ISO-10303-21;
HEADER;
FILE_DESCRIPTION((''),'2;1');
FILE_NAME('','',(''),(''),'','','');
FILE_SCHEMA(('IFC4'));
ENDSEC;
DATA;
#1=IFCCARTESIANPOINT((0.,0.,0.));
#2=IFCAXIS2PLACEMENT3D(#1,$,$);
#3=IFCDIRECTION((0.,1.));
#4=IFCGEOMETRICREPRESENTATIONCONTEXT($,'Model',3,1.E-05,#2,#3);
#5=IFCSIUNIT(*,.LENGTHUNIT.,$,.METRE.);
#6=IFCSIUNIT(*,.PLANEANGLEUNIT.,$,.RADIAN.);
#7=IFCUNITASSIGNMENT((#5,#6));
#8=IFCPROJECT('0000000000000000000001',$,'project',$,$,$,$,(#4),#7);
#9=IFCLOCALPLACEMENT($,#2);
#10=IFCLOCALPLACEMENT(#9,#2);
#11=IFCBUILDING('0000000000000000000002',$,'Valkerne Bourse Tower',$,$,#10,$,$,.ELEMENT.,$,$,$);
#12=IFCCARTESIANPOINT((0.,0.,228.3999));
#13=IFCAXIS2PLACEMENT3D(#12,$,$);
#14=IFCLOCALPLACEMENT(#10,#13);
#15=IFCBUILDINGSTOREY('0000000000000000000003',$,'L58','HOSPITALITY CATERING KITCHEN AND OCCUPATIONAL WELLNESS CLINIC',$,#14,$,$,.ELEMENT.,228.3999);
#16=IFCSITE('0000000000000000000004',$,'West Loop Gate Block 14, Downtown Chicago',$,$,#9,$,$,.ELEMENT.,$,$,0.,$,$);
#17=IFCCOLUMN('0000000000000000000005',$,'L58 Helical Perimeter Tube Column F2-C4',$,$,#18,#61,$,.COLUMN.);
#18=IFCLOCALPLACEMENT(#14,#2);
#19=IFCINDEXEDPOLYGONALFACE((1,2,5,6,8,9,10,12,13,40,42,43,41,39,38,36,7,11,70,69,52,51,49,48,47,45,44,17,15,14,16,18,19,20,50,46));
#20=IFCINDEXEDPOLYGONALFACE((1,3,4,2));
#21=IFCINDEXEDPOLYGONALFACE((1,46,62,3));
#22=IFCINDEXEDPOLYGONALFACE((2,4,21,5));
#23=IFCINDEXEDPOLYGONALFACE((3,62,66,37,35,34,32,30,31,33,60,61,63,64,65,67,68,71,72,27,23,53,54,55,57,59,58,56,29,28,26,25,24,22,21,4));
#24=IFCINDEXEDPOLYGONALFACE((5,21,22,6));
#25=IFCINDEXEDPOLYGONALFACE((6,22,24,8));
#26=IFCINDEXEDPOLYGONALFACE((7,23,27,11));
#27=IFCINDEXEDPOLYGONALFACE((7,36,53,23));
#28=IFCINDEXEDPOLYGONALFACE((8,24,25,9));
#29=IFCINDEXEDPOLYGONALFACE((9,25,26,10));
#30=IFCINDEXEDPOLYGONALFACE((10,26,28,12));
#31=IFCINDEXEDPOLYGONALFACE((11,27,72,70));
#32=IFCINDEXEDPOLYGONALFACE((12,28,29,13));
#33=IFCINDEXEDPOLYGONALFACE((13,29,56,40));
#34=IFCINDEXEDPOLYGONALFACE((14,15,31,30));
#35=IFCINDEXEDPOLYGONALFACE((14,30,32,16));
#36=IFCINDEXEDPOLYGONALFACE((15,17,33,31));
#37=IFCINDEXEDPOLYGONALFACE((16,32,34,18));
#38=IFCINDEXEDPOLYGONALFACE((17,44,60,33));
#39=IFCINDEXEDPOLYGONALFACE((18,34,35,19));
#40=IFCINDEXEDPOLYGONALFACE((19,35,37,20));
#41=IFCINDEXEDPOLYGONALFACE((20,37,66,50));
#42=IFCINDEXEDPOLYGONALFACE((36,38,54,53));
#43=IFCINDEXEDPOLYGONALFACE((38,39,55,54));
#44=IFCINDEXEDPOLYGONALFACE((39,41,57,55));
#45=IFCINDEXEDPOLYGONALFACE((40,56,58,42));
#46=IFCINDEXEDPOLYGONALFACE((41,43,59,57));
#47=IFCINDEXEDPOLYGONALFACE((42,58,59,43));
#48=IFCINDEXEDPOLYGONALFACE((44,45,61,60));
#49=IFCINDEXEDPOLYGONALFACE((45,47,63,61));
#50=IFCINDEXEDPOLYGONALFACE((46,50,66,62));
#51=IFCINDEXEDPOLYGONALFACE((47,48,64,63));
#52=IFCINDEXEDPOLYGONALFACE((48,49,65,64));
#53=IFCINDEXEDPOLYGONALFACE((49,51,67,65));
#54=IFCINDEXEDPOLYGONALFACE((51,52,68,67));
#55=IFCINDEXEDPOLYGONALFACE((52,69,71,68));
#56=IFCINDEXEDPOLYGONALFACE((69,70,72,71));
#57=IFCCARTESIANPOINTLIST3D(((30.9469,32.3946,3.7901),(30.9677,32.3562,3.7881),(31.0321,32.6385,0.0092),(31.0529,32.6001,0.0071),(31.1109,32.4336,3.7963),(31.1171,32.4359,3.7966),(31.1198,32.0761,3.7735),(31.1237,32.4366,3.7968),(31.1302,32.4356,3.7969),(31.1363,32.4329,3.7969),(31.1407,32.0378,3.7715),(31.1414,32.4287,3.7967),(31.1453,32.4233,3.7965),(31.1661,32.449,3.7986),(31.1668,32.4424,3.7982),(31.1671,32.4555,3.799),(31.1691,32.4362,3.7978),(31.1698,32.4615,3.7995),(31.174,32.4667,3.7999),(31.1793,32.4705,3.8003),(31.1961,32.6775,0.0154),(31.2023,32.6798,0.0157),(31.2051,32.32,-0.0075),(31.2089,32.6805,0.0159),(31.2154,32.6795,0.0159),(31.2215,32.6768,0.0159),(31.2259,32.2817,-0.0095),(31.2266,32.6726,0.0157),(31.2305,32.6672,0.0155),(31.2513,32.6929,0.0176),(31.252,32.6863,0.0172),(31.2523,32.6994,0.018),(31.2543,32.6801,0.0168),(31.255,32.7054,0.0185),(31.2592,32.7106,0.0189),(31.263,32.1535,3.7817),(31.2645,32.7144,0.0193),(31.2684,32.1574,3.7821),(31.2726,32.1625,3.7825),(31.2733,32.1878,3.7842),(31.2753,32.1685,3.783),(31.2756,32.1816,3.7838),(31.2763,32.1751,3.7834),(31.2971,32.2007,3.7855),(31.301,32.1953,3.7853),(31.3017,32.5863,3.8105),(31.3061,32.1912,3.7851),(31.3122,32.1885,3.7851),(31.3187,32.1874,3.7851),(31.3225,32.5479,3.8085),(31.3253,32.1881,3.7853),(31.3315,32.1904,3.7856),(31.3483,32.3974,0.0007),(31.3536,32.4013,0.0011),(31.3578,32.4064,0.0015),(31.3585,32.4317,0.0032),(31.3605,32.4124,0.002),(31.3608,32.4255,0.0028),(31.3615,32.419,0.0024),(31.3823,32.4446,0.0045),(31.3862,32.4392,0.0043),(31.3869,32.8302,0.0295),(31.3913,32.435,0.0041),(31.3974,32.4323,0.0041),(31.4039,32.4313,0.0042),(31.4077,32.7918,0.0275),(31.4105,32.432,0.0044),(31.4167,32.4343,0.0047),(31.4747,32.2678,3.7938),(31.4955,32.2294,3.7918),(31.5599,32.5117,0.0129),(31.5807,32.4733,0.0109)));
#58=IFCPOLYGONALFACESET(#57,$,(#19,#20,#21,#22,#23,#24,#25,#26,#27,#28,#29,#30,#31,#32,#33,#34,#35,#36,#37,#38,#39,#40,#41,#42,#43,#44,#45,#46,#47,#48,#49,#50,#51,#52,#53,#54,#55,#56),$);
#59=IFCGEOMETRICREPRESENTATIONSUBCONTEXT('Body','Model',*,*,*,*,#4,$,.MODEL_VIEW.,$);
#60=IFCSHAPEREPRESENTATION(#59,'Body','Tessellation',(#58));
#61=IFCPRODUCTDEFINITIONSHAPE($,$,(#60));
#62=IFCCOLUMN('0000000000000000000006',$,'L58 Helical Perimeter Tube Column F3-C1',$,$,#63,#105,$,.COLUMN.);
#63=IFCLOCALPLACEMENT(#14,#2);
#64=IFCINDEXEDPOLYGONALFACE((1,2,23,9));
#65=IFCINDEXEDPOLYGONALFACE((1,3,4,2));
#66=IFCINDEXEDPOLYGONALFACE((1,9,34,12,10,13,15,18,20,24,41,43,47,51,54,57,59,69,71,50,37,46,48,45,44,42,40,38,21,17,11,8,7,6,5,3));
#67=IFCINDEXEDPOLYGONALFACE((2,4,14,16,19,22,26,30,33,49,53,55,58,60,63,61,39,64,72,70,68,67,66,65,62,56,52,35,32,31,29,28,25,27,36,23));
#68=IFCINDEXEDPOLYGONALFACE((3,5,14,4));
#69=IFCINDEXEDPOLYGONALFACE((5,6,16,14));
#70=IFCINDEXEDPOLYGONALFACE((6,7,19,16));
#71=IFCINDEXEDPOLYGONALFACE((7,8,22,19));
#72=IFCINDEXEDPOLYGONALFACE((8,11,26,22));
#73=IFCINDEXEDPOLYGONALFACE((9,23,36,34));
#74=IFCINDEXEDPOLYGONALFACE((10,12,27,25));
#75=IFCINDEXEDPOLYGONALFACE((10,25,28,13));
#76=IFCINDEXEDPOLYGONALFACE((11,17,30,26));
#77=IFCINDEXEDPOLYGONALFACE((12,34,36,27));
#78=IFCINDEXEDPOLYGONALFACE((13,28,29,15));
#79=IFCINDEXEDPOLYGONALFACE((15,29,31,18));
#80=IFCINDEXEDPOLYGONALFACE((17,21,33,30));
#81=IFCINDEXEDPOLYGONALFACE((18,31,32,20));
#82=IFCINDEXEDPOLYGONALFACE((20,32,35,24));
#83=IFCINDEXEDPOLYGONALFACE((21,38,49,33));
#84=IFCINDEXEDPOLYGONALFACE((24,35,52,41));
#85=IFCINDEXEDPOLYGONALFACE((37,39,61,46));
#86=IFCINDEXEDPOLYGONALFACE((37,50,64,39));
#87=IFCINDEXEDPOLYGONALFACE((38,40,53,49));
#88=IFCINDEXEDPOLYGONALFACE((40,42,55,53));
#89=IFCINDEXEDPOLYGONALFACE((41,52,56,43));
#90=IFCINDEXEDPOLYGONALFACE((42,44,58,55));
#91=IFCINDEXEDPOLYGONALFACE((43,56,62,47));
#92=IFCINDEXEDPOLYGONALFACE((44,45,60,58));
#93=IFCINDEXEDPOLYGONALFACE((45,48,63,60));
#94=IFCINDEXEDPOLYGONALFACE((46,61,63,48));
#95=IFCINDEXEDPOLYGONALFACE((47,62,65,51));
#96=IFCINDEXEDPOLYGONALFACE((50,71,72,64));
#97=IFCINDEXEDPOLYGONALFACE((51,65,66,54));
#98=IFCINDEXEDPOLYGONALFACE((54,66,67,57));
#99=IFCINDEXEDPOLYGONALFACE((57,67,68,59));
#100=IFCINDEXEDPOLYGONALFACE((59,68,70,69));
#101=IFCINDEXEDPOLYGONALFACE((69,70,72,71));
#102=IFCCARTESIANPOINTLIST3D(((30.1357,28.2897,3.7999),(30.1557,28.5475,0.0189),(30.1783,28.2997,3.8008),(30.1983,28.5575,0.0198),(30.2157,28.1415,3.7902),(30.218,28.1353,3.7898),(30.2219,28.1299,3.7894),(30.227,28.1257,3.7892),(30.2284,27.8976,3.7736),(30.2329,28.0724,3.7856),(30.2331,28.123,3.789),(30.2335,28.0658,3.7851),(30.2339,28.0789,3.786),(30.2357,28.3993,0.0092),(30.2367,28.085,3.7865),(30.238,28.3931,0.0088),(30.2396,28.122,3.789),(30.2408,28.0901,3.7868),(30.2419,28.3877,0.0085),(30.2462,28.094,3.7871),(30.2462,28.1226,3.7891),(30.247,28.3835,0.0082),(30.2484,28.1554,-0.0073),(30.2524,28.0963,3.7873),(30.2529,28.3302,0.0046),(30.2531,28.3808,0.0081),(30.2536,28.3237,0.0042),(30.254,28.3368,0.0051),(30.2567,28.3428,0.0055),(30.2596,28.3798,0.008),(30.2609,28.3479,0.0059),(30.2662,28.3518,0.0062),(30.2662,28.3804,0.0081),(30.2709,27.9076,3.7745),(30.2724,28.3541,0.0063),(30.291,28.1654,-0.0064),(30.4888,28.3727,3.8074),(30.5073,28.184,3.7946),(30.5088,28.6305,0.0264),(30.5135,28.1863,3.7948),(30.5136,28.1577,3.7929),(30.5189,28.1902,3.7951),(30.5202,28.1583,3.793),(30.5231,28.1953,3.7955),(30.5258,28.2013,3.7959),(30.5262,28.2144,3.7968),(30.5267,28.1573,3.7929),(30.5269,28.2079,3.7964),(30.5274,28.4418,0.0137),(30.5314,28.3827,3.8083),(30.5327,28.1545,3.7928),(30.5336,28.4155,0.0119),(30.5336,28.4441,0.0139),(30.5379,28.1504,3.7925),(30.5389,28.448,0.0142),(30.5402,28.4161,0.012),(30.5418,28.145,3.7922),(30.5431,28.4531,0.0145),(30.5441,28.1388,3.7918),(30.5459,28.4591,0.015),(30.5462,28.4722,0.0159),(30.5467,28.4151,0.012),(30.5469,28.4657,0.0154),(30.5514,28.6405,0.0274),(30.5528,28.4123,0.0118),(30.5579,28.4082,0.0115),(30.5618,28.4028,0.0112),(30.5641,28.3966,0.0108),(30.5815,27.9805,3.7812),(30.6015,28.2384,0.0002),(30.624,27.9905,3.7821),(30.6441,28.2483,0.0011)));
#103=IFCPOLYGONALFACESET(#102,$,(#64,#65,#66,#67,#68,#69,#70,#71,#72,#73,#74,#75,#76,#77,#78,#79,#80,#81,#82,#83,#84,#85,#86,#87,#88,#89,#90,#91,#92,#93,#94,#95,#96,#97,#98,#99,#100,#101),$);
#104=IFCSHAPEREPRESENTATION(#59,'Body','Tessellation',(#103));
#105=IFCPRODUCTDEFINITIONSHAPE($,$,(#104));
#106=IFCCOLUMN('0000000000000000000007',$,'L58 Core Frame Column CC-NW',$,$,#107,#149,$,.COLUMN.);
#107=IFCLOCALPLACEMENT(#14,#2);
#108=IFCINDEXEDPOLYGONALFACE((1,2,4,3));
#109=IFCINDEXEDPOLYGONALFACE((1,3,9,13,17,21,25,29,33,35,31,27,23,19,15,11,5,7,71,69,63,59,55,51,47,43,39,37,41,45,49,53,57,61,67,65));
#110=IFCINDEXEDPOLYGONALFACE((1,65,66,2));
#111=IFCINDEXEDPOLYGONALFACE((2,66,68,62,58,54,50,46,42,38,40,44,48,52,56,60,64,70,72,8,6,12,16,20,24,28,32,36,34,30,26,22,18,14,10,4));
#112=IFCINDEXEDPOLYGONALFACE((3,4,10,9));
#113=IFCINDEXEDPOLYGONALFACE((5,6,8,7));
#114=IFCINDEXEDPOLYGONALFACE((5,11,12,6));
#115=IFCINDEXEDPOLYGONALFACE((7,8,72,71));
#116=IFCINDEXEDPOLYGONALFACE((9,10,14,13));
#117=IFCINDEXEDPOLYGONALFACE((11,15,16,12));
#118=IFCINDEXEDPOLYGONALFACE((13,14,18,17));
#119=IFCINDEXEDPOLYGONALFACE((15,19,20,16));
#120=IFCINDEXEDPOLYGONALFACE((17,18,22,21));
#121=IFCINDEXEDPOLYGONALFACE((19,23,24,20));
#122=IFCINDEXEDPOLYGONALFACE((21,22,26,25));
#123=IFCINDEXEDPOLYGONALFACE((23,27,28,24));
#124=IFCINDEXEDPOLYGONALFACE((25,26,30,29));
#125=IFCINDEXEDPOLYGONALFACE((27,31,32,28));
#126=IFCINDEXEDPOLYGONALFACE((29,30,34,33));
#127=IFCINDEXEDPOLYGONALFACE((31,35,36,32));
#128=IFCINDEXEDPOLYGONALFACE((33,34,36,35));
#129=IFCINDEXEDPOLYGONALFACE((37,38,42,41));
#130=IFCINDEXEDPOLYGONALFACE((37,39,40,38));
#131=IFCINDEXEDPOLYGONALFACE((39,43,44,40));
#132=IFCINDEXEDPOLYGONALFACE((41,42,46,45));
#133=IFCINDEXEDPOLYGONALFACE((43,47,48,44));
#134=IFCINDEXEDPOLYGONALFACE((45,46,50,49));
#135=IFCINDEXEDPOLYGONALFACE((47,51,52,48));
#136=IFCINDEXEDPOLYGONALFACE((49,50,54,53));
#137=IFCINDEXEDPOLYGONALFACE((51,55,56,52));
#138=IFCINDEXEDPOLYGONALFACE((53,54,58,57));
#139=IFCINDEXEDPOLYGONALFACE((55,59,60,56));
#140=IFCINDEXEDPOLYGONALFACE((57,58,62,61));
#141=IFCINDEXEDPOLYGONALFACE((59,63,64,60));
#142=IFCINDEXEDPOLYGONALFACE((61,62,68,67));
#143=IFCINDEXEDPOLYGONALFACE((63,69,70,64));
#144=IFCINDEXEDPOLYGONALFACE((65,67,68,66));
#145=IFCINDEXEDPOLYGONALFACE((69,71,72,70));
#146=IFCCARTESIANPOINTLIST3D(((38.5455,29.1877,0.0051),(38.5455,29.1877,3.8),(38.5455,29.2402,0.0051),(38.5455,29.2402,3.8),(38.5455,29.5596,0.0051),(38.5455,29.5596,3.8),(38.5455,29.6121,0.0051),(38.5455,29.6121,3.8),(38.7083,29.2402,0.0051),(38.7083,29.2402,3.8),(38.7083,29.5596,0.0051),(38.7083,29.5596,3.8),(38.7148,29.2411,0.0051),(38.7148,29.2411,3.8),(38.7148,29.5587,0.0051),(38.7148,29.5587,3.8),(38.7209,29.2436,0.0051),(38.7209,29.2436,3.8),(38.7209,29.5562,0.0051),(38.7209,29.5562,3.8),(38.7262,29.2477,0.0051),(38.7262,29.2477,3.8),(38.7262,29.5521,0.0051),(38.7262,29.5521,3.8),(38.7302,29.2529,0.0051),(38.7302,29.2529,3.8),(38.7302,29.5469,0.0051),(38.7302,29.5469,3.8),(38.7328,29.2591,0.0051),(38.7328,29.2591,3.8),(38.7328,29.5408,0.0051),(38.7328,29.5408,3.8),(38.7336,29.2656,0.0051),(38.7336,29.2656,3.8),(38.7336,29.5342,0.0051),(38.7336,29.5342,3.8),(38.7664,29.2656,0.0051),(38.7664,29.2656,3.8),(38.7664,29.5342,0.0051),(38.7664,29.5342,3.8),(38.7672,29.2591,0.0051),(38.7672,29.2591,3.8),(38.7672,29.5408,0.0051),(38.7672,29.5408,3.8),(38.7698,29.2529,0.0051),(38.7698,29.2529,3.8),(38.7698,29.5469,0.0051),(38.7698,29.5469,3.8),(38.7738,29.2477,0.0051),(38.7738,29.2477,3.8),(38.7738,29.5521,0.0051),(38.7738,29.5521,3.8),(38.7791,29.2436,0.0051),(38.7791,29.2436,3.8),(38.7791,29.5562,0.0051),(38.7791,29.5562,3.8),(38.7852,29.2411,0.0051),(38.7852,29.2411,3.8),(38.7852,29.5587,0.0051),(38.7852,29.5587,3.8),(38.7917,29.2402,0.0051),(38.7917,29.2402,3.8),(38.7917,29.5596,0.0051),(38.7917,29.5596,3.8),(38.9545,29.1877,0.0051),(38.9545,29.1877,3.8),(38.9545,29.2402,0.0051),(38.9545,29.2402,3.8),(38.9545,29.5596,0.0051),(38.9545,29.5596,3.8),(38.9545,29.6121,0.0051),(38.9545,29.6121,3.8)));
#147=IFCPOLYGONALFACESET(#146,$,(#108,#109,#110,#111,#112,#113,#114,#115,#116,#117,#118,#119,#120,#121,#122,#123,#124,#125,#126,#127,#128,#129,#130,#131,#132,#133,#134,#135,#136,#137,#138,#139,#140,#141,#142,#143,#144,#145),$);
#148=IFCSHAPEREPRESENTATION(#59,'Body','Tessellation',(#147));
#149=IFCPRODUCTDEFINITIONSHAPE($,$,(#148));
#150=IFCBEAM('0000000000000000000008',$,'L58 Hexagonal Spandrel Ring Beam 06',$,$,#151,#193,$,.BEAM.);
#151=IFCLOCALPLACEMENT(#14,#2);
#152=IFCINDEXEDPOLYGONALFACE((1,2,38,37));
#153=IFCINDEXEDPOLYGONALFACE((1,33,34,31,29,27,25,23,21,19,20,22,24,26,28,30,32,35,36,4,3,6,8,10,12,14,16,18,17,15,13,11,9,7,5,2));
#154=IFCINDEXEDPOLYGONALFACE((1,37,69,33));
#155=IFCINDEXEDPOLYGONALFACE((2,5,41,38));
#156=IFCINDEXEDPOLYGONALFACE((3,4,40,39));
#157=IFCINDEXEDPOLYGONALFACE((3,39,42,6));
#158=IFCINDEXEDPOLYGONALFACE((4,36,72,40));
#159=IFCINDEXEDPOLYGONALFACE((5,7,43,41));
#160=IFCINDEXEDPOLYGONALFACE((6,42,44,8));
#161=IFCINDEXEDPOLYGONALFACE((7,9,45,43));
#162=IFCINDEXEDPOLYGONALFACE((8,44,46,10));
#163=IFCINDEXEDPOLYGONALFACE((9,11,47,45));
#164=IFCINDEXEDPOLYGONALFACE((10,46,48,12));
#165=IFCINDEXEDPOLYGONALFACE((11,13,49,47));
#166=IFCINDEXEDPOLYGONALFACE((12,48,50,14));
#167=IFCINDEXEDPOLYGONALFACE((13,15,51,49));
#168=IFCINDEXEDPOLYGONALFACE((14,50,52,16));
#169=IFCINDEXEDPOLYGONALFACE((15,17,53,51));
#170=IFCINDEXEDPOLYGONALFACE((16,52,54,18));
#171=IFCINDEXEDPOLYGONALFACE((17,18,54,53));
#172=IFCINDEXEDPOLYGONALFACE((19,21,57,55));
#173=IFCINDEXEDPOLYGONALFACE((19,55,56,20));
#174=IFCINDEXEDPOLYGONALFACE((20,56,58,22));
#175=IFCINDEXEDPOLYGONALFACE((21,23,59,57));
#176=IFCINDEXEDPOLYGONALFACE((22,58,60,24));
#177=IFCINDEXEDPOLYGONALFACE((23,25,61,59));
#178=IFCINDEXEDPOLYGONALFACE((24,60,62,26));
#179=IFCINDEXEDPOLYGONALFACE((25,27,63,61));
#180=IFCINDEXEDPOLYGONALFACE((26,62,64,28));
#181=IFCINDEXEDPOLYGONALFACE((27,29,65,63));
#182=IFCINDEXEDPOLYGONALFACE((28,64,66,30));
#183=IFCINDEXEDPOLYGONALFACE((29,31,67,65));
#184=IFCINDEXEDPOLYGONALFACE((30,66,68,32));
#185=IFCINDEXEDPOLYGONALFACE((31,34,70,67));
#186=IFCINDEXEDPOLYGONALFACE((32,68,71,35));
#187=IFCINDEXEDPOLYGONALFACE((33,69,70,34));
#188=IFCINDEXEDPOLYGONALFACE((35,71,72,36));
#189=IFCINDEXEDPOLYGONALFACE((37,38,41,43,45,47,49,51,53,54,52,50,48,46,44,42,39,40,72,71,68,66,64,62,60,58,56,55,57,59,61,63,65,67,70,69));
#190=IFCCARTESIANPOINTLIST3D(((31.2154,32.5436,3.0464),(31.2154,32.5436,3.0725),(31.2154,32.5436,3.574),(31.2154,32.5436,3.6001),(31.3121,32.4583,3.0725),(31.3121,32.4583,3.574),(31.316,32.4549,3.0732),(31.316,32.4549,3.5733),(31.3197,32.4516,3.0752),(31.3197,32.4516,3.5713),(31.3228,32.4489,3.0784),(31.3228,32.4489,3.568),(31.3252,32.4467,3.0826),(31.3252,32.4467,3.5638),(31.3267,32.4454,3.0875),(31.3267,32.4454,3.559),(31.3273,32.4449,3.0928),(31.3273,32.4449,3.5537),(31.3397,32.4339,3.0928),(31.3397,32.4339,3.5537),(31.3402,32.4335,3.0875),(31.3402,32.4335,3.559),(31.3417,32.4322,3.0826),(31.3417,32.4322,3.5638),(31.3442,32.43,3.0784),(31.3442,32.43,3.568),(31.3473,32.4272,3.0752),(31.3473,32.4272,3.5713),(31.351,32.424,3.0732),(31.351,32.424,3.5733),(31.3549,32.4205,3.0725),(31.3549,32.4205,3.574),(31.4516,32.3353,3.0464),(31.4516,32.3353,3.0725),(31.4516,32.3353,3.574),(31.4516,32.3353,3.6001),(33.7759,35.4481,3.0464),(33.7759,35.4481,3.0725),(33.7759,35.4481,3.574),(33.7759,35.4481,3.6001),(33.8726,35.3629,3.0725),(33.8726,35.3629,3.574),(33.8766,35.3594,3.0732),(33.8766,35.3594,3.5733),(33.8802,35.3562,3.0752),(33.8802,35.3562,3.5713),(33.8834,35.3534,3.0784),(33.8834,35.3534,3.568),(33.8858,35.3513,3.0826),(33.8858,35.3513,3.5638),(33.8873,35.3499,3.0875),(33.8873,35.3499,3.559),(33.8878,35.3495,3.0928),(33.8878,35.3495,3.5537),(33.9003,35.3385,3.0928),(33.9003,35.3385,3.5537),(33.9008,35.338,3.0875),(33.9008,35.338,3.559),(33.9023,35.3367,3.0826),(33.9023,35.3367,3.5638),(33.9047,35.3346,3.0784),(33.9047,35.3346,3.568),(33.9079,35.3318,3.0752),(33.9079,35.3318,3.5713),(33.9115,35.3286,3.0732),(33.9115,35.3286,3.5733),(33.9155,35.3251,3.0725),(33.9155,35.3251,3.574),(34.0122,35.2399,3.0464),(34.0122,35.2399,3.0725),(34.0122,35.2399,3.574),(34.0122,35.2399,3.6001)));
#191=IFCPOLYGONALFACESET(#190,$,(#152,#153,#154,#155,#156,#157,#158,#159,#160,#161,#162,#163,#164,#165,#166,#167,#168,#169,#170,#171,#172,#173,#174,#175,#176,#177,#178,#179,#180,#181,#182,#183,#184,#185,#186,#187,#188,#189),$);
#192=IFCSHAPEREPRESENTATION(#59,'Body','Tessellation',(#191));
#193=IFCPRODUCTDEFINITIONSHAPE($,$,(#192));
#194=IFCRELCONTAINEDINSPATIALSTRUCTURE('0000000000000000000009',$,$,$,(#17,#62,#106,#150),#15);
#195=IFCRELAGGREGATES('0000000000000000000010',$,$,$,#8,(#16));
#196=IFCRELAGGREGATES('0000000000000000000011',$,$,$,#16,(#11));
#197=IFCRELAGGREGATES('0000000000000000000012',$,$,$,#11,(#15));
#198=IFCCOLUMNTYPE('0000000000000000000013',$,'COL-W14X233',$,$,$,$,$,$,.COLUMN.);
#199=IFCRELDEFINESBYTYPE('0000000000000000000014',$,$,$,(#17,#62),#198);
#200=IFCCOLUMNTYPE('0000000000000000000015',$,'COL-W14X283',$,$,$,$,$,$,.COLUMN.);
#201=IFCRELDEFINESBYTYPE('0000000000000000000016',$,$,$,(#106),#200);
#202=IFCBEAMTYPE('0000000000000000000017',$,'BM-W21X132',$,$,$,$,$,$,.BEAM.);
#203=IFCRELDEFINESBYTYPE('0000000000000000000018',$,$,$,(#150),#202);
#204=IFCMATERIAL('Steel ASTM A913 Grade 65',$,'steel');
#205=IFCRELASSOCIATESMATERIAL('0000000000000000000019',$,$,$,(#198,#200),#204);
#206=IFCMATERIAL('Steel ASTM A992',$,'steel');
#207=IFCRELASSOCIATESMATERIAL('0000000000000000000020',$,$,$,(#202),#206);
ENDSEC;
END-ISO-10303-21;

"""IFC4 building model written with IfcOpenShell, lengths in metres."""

from ifc_helpers import new_model, si_unit, direction, frame, origin, origin_2d, place, context, subcontext, project, spatial, i_section, extrude, material, material_profile, profile_set, type_object, element, save


model = new_model("IFC4")

# Units and contexts
model_context = context("Model", 3, precision=1e-05, world=origin(), true_north=direction((0.0, 1.0)))
body_context = subcontext(model_context, "Body", "Model", "MODEL_VIEW")
ifc_project = project(units=[si_unit("LENGTHUNIT", "METRE"), si_unit("PLANEANGLEUNIT", "RADIAN")], contexts=[model_context])

# Site, building, storey
site_placement = place(None, origin())
site = spatial("IfcSite", under=ifc_project, at=site_placement, Name="West Loop Gate Block 14, Downtown Chicago", CompositionType="ELEMENT", RefElevation=0.0)
building_placement = place(site_placement, origin())
building = spatial("IfcBuilding", under=site, at=building_placement, Name="Valkerne Bourse Tower", CompositionType="ELEMENT")
storey_placement = place(building_placement, frame((0.0, 0.0, 228.3999)))
storey = spatial("IfcBuildingStorey", under=building, at=storey_placement, Name="L58", Description="HOSPITALITY CATERING KITCHEN AND OCCUPATIONAL WELLNESS CLINIC", CompositionType="ELEMENT", Elevation=228.3999)

# Columns
ifc_material_1 = material(Name="Steel ASTM A913 Grade 65", Category="steel")
ifc_material_profile_1 = material_profile(ifc_material_1, i_section(OverallWidth=0.4038, OverallDepth=0.4065, WebThickness=0.0271, FlangeThickness=0.0437, FilletRadius=0.0254, at=origin_2d()), Name="W14X233")
ifc_profile_set_1 = profile_set([ifc_material_profile_1], Name="Steel ASTM A913 Grade 65")
column_type_1 = type_object("IfcColumnType", Name="COL-W14X233", PredefinedType="COLUMN", material=ifc_profile_set_1)
for number, where, z_axis, x_axis, name in (
    (1, (31.3064, 32.5559, 0.01), (-0.022483, -0.064356, 0.997674), (-0.878722, -0.474663, -0.05042), "L58 Helical Perimeter Tube Column F2-C4"),
    (2, (30.3999, 28.3979, 0.01), (-0.005282, -0.068027, 0.997669), (0.229539, -0.971126, -0.065002), "L58 Helical Perimeter Tube Column F3-C1"),
):
    element("IfcColumn", number, at=place(storey_placement, frame(where, z_axis=z_axis, x_axis=x_axis)), inside=storey, type_object=column_type_1, Name=name, PredefinedType="COLUMN", context=body_context, shape_type="SweptSolid", body=[
        extrude(i_section(OverallWidth=0.4038, OverallDepth=0.4065, WebThickness=0.0271, FlangeThickness=0.0437, FilletRadius=0.0254, at=origin_2d()), origin(), (0.0, 0.0, 1.0), 3.7898),
    ])
ifc_material_profile_2 = material_profile(ifc_material_1, i_section(OverallWidth=0.4089, OverallDepth=0.4243, WebThickness=0.0327, FlangeThickness=0.0525, FilletRadius=0.0254, at=origin_2d()), Name="W14X283")
ifc_profile_set_2 = profile_set([ifc_material_profile_2], Name="Steel ASTM A913 Grade 65")
column_type_2 = type_object("IfcColumnType", Name="COL-W14X283", PredefinedType="COLUMN", material=ifc_profile_set_2)
column_placement = place(storey_placement, frame((38.75, 29.3999, 0.0051), z_axis=(0.0, 0.0, 1.0), x_axis=(1.0, 0.0, 0.0)))
element("IfcColumn", 3, at=column_placement, inside=storey, type_object=column_type_2, Name="L58 Core Frame Column CC-NW", PredefinedType="COLUMN", context=body_context, shape_type="SweptSolid", body=[
    extrude(i_section(OverallWidth=0.4089, OverallDepth=0.4243, WebThickness=0.0327, FlangeThickness=0.0525, FilletRadius=0.0254, at=origin_2d()), origin(), (0.0, 0.0, 1.0), 3.7949),
])

# Beam
ifc_material_2 = material(Name="Steel ASTM A992", Category="steel")
ifc_material_profile_3 = material_profile(ifc_material_2, i_section(OverallWidth=0.3149, OverallDepth=0.5537, WebThickness=0.0166, FlangeThickness=0.0261, FilletRadius=0.0203, at=origin_2d()), Name="W21X132")
ifc_profile_set_3 = profile_set([ifc_material_profile_3], Name="Steel ASTM A992")
beam_type_1 = type_object("IfcBeamType", Name="BM-W21X132", PredefinedType="BEAM", material=ifc_profile_set_3)
beam_1_placement = place(storey_placement, frame((33.894, 35.344, 3.3232), z_axis=(-0.66129, -0.75013, 0.0), x_axis=(0.75013, -0.66129, 0.0)))
element("IfcBeam", 4, at=beam_1_placement, inside=storey, type_object=beam_type_1, Name="L58 Hexagonal Spandrel Ring Beam 06", PredefinedType="BEAM", context=body_context, shape_type="SweptSolid", body=[
    extrude(i_section(OverallWidth=0.3149, OverallDepth=0.5537, WebThickness=0.0166, FlangeThickness=0.0261, FilletRadius=0.0203, at=origin_2d()), origin(), (0.0, 0.0, 1.0), 3.8721),
])

save(model, "model.ifc")
